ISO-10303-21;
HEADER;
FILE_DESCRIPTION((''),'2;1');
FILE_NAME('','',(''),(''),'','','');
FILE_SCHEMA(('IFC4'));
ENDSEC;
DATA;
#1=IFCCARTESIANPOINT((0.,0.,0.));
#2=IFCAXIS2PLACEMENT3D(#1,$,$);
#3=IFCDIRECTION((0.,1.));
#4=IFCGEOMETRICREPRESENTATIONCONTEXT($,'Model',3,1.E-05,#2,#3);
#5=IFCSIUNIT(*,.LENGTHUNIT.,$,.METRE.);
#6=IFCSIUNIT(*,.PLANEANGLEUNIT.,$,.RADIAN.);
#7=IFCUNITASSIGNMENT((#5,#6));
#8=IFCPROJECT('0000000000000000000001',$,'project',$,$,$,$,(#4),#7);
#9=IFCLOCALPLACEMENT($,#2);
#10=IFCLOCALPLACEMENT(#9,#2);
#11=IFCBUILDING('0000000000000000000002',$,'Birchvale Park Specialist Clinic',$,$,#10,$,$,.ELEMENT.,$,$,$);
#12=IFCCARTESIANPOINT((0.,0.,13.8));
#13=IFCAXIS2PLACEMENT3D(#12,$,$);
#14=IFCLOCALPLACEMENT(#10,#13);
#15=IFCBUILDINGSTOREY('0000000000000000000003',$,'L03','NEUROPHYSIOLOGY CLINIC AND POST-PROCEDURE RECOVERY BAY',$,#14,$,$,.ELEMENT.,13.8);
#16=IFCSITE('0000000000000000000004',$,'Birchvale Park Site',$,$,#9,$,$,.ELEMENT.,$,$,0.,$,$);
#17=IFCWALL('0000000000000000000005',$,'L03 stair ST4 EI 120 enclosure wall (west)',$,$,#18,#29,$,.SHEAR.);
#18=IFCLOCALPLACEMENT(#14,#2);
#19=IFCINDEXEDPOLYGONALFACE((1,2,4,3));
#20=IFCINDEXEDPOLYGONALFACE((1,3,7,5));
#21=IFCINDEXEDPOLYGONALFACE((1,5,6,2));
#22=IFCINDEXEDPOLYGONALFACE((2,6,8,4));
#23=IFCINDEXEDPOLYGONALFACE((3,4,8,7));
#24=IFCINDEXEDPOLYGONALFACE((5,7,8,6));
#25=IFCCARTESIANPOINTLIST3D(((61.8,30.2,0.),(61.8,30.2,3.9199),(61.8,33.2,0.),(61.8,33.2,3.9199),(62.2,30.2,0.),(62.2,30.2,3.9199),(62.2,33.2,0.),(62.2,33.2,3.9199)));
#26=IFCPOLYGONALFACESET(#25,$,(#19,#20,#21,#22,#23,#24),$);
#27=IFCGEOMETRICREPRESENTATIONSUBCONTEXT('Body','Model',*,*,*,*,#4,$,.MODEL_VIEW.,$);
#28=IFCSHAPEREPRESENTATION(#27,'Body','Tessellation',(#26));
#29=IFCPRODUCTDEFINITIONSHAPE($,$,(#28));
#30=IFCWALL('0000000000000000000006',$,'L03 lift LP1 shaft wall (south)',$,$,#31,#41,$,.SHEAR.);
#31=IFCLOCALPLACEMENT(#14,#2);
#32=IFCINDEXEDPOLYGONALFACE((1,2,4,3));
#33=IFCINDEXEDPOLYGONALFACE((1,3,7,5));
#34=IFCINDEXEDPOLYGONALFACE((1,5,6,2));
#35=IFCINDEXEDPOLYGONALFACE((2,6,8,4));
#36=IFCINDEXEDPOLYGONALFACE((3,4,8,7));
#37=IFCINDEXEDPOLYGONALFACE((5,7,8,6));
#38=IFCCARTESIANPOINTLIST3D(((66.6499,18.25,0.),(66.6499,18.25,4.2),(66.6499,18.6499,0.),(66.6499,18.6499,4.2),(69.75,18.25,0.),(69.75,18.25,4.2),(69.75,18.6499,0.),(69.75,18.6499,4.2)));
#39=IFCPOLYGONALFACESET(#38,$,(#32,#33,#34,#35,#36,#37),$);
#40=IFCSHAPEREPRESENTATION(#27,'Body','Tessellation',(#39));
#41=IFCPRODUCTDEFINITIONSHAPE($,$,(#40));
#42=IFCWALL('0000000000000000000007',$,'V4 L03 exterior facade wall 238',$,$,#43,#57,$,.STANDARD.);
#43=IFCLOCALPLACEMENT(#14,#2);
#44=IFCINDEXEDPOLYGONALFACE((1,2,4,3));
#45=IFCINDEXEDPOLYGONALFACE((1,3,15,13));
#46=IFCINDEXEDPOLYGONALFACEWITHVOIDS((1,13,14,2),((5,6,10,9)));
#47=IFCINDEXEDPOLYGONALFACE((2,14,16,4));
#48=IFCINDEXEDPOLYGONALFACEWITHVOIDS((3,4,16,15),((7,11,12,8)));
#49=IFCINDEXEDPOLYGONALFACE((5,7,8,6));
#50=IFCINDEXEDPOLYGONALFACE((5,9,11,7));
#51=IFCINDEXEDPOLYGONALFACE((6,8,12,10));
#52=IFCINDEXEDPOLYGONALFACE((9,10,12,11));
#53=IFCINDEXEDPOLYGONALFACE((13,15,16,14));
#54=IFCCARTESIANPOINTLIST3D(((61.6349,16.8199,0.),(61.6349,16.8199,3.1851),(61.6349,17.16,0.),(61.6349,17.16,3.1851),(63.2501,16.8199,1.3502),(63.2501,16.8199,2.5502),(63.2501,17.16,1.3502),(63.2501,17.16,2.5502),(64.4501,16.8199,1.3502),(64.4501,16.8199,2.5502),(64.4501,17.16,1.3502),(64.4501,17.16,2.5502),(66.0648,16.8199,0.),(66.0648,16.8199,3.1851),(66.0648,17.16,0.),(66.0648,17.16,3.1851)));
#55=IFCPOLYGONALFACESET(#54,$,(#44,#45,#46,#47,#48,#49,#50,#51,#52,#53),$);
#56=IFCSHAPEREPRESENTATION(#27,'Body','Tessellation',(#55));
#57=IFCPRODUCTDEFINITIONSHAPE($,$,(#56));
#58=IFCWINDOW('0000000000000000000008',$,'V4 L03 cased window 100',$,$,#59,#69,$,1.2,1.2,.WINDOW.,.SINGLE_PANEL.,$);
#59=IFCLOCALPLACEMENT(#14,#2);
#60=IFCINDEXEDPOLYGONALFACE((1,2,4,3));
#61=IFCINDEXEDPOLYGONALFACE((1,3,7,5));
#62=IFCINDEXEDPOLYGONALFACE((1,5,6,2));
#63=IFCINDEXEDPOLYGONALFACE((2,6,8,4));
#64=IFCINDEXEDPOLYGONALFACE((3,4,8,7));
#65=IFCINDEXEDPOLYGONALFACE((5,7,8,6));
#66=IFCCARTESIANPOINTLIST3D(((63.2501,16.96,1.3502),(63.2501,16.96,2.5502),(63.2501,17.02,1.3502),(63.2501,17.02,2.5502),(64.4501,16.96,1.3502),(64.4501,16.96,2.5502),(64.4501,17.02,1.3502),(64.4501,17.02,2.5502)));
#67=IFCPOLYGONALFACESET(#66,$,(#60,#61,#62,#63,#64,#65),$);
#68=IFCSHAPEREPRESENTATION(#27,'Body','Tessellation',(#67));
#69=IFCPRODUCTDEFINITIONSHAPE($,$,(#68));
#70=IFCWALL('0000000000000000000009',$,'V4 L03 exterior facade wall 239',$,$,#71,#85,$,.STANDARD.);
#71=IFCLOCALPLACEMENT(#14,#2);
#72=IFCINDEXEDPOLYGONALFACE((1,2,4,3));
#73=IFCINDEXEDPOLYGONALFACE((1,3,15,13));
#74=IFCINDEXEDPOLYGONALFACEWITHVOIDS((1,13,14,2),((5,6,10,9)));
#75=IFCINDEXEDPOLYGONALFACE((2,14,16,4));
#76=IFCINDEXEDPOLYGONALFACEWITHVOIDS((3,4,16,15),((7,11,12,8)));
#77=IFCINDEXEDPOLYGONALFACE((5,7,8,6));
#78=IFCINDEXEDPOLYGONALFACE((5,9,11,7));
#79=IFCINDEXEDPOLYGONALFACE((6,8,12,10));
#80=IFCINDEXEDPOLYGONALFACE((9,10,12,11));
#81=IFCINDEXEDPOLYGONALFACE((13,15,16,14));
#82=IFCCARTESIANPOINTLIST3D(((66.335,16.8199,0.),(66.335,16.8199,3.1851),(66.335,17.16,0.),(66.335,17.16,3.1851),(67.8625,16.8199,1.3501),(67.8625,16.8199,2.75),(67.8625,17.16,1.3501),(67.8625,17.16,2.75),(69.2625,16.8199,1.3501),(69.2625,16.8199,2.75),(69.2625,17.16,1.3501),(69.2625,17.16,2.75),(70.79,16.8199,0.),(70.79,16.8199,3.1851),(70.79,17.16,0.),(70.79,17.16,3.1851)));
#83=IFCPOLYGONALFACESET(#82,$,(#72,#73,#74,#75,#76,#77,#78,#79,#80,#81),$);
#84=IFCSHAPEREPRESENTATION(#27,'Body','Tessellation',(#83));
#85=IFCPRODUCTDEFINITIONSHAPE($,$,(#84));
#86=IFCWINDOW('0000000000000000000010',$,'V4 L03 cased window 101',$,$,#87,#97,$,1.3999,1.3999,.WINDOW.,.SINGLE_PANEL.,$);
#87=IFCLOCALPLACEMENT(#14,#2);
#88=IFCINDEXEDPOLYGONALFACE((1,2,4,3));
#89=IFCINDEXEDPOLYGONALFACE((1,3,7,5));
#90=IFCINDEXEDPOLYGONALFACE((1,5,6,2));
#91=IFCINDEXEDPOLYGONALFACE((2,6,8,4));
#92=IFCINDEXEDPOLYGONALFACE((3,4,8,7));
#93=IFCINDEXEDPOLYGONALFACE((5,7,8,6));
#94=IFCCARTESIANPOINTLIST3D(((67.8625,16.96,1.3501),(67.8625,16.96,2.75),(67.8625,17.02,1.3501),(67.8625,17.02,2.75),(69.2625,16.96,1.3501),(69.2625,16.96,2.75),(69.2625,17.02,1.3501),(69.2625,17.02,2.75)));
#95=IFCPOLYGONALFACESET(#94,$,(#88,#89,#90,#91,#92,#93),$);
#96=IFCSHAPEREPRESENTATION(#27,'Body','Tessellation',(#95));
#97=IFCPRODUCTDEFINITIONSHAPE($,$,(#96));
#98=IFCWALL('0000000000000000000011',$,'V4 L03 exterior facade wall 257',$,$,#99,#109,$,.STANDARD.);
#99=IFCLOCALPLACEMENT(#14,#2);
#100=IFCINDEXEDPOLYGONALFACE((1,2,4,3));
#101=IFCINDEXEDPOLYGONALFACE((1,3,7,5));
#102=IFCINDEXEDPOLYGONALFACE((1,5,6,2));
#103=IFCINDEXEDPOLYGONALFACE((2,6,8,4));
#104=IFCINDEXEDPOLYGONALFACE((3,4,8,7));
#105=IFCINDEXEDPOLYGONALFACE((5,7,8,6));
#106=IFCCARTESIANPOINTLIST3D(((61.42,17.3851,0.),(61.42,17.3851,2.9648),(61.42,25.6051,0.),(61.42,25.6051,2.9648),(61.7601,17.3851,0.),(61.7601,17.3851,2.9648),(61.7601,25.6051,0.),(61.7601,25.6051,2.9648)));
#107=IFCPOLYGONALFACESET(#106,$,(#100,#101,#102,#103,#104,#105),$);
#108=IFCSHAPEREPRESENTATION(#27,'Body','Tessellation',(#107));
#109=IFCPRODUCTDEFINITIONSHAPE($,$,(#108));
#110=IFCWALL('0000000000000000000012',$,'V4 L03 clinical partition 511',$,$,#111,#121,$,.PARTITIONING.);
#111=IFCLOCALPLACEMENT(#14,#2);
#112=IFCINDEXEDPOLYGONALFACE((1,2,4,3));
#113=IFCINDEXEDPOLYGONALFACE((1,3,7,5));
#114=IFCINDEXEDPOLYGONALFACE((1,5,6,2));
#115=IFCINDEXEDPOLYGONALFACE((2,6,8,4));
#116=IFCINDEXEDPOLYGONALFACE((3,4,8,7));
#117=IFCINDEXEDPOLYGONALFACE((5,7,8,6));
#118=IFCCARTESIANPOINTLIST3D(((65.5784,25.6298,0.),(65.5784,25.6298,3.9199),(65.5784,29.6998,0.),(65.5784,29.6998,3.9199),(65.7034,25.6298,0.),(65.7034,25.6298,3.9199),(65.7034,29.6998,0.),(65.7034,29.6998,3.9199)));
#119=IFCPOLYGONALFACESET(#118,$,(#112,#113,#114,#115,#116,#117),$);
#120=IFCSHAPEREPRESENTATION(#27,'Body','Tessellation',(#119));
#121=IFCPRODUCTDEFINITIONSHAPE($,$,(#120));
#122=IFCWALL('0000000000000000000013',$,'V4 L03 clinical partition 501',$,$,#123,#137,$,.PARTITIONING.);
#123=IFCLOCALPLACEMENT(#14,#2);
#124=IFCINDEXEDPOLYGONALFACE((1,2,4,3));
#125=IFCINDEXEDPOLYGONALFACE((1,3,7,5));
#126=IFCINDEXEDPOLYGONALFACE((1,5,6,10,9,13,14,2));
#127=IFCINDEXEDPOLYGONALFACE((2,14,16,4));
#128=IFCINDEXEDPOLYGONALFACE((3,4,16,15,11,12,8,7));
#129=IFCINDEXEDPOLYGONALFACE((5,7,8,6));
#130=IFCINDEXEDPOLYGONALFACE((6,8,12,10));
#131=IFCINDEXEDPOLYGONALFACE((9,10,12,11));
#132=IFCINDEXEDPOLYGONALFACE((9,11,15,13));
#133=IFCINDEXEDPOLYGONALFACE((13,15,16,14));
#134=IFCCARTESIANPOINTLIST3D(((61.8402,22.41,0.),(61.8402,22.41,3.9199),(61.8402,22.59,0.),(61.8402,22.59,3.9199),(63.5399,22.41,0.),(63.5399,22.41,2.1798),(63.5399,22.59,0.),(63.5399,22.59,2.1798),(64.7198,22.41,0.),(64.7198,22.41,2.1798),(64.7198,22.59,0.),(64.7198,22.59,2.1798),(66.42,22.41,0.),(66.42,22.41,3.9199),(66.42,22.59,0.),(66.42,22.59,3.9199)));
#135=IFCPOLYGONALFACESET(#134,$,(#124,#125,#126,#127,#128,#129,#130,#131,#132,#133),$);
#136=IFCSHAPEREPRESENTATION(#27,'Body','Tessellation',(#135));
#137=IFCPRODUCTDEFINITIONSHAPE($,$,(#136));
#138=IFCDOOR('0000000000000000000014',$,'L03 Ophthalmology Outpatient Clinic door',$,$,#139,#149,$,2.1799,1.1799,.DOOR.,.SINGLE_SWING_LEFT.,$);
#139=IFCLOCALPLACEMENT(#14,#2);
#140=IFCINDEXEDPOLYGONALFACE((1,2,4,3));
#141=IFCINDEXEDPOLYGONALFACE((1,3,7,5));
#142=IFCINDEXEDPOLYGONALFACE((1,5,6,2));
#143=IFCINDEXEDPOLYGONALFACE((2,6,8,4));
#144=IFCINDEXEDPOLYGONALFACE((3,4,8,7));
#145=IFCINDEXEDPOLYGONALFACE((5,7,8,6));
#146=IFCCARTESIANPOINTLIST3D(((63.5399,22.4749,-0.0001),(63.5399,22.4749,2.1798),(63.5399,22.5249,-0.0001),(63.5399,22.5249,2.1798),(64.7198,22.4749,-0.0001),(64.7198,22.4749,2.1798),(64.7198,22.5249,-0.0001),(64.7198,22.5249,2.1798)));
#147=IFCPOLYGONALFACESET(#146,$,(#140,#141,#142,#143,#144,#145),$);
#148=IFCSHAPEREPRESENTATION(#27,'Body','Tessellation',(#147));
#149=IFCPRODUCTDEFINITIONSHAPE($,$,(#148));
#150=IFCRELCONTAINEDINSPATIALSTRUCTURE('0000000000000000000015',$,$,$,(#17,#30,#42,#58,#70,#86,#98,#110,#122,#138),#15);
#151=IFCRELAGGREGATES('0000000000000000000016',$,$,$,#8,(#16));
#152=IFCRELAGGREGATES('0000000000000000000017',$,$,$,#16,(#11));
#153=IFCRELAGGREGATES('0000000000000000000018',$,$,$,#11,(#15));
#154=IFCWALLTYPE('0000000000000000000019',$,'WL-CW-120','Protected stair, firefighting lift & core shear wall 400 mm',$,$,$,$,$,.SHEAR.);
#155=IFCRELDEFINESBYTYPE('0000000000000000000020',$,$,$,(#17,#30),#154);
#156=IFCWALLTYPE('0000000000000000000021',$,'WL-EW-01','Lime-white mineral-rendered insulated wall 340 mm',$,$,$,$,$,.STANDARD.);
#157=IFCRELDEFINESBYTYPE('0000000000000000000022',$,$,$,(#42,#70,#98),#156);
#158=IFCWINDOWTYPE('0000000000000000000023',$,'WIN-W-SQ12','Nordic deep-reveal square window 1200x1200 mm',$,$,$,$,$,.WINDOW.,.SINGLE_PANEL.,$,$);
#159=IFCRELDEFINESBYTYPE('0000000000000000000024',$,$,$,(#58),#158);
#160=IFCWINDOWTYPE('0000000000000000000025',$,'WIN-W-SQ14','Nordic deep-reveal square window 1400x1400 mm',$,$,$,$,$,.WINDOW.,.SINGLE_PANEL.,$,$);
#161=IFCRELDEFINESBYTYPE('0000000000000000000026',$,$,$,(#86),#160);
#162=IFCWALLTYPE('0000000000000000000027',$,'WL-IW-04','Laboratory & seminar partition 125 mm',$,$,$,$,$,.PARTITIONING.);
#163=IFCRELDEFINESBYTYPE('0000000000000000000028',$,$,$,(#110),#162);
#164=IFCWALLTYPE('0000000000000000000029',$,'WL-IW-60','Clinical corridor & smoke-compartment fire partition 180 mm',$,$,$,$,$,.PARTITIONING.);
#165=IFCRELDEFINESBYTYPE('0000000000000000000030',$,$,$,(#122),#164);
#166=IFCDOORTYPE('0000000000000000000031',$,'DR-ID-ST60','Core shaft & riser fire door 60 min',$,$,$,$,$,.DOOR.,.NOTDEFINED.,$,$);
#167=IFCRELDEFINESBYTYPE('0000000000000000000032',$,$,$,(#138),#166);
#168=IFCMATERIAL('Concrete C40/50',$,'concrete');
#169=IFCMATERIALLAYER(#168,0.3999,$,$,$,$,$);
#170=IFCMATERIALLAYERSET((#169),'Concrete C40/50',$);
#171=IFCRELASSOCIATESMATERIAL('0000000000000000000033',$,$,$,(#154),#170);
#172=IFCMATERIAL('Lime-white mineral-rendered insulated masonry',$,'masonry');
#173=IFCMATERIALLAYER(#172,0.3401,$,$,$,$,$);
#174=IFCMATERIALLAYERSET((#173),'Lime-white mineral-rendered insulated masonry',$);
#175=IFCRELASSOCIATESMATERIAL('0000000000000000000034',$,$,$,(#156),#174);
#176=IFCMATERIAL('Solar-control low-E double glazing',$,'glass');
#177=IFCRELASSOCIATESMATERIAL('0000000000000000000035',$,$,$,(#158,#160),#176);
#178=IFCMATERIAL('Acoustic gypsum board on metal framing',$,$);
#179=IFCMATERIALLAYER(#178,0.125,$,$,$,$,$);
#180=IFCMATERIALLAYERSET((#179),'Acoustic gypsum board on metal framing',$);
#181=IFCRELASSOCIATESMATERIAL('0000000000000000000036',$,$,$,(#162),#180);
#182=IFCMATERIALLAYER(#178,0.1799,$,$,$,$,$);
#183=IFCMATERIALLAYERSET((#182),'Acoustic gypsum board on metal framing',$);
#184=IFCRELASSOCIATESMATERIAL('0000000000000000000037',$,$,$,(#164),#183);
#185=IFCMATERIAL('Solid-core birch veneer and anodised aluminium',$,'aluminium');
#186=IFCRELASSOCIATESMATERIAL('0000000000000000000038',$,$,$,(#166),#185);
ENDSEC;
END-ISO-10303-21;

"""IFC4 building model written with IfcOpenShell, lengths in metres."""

from ifc_helpers import new_model, si_unit, direction, frame, frame_2d, origin, place, context, subcontext, project, spatial, rectangle, extrude, material, layer, layer_set, type_object, element, fill, save


model = new_model("IFC4")

# Units and contexts
model_context = context("Model", 3, precision=1e-05, world=origin(), true_north=direction((0.0, 1.0)))
body_context = subcontext(model_context, "Body", "Model", "MODEL_VIEW")
ifc_project = project(units=[si_unit("LENGTHUNIT", "METRE"), si_unit("PLANEANGLEUNIT", "RADIAN")], contexts=[model_context])

# Site, building, storey
site_placement = place(None, origin())
site = spatial("IfcSite", under=ifc_project, at=site_placement, Name="Birchvale Park Site", CompositionType="ELEMENT", RefElevation=0.0)
building_placement = place(site_placement, origin())
building = spatial("IfcBuilding", under=site, at=building_placement, Name="Birchvale Park Specialist Clinic", CompositionType="ELEMENT")
storey_placement = place(building_placement, frame((0.0, 0.0, 13.8)))
storey = spatial("IfcBuildingStorey", under=building, at=storey_placement, Name="L03", Description="NEUROPHYSIOLOGY CLINIC AND POST-PROCEDURE RECOVERY BAY", CompositionType="ELEMENT", Elevation=13.8)

# Shared definitions
ifc_material_1 = material(Name="Concrete C40/50", Category="concrete")

# Shared definitions
ifc_layer_1 = layer(ifc_material_1, 0.3999)
ifc_layer_set_1 = layer_set([ifc_layer_1], Name="Concrete C40/50")
wall_type_1 = type_object("IfcWallType", Name="WL-CW-120", Description="Protected stair, firefighting lift & core shear wall 400 mm", PredefinedType="SHEAR", material=ifc_layer_set_1)
ifc_material_2 = material(Name="Solid-core birch veneer and anodised aluminium", Category="aluminium")

# Walls
wall_1_placement = place(storey_placement, frame((62.0, 30.2, 0.0), z_axis=(0.0, 0.0, 1.0), x_axis=(0.0, 1.0, 0.0)))
element("IfcWall", 1, at=wall_1_placement, inside=storey, type_object=wall_type_1, Name="L03 stair ST4 EI 120 enclosure wall (west)", PredefinedType="SHEAR", context=body_context, shape_type="SweptSolid", body=[
    extrude(rectangle(XDim=3.0, YDim=0.3999, at=frame_2d((1.5, 0.0))), origin(), (0.0, 0.0, 1.0), 3.9199),
])
wall_2_placement = place(storey_placement, frame((66.6499, 18.45, 0.0), z_axis=(0.0, 0.0, 1.0), x_axis=(1.0, 0.0, 0.0)))
element("IfcWall", 2, at=wall_2_placement, inside=storey, type_object=wall_type_1, Name="L03 lift LP1 shaft wall (south)", PredefinedType="SHEAR", context=body_context, shape_type="SweptSolid", body=[
    extrude(rectangle(XDim=3.1001, YDim=0.3999, at=frame_2d((1.55, 0.0))), origin(), (0.0, 0.0, 1.0), 4.2),
])

# Walls, openings, windows
ifc_material_3 = material(Name="Lime-white mineral-rendered insulated masonry", Category="masonry")
ifc_layer_2 = layer(ifc_material_3, 0.3401)
ifc_layer_set_2 = layer_set([ifc_layer_2], Name="Lime-white mineral-rendered insulated masonry")
wall_type_2 = type_object("IfcWallType", Name="WL-EW-01", Description="Lime-white mineral-rendered insulated wall 340 mm", PredefinedType="STANDARD", material=ifc_layer_set_2)
wall_3_placement = place(storey_placement, frame((61.635, 16.99, 0.0), z_axis=(0.0, 0.0, 1.0), x_axis=(1.0, 0.0, 0.0)))
wall_3 = element("IfcWall", 3, at=wall_3_placement, inside=storey, type_object=wall_type_2, Name="V4 L03 exterior facade wall 238", PredefinedType="STANDARD", context=body_context, shape_type="SweptSolid", body=[
    extrude(rectangle(XDim=4.4299, YDim=0.3401, at=frame_2d((2.2148, 0.0))), origin(), (0.0, 0.0, 1.0), 3.1851),
])
opening_1_placement = place(wall_3_placement, frame((1.615, 0.0, 1.3501)))
opening_1 = element("IfcOpeningElement", 4, at=opening_1_placement, cuts=wall_3, PredefinedType="OPENING", context=body_context, shape_type="SweptSolid", body=[
    extrude(rectangle(XDim=1.2, YDim=1.2, at=frame_2d((0.6001, 0.6001))), frame((0.0, 0.1802, 0.0), z_axis=(0.0, -1.0, 0.0), x_axis=(1.0, 0.0, 0.0)), (0.0, 0.0, 1.0), 0.3601),
])
ifc_material_4 = material(Name="Solar-control low-E double glazing", Category="glass")
window_type_1 = type_object("IfcWindowType", Name="WIN-W-SQ12", Description="Nordic deep-reveal square window 1200x1200 mm", PartitioningType="SINGLE_PANEL", PredefinedType="WINDOW", material=ifc_material_4)
window_1_placement = place(opening_1_placement, origin())
window_1 = element("IfcWindow", 5, at=window_1_placement, inside=storey, type_object=window_type_1, Name="V4 L03 cased window 100", OverallHeight=1.2, OverallWidth=1.2, PartitioningType="SINGLE_PANEL", PredefinedType="WINDOW", context=body_context, shape_type="SweptSolid", body=[
    extrude(rectangle(XDim=1.2, YDim=1.2, at=frame_2d((0.6001, 0.6001))), frame((0.0, 0.03, 0.0), z_axis=(0.0, -1.0, 0.0), x_axis=(1.0, 0.0, 0.0)), (0.0, 0.0, 1.0), 0.0601),
])
fill(opening_1, window_1)
wall_4_placement = place(storey_placement, frame((66.335, 16.99, 0.0), z_axis=(0.0, 0.0, 1.0), x_axis=(1.0, 0.0, 0.0)))
wall_4 = element("IfcWall", 6, at=wall_4_placement, inside=storey, type_object=wall_type_2, Name="V4 L03 exterior facade wall 239", PredefinedType="STANDARD", context=body_context, shape_type="SweptSolid", body=[
    extrude(rectangle(XDim=4.4551, YDim=0.3401, at=frame_2d((2.2275, 0.0))), origin(), (0.0, 0.0, 1.0), 3.1851),
])
opening_2_placement = place(wall_4_placement, frame((1.5276, 0.0, 1.3501)))
opening_2 = element("IfcOpeningElement", 7, at=opening_2_placement, cuts=wall_4, PredefinedType="OPENING", context=body_context, shape_type="SweptSolid", body=[
    extrude(rectangle(XDim=1.3999, YDim=1.3999, at=frame_2d((0.7, 0.7))), frame((0.0, 0.1802, 0.0), z_axis=(0.0, -1.0, 0.0), x_axis=(1.0, 0.0, 0.0)), (0.0, 0.0, 1.0), 0.3601),
])
window_type_2 = type_object("IfcWindowType", Name="WIN-W-SQ14", Description="Nordic deep-reveal square window 1400x1400 mm", PartitioningType="SINGLE_PANEL", PredefinedType="WINDOW", material=ifc_material_4)
window_2_placement = place(opening_2_placement, origin())
window_2 = element("IfcWindow", 8, at=window_2_placement, inside=storey, type_object=window_type_2, Name="V4 L03 cased window 101", OverallHeight=1.3999, OverallWidth=1.3999, PartitioningType="SINGLE_PANEL", PredefinedType="WINDOW", context=body_context, shape_type="SweptSolid", body=[
    extrude(rectangle(XDim=1.3999, YDim=1.3999, at=frame_2d((0.7, 0.7))), frame((0.0, 0.03, 0.0), z_axis=(0.0, -1.0, 0.0), x_axis=(1.0, 0.0, 0.0)), (0.0, 0.0, 1.0), 0.0601),
])
fill(opening_2, window_2)

# Walls
wall_5_placement = place(storey_placement, frame((61.5901, 25.605, 0.0), z_axis=(0.0, 0.0, 1.0), x_axis=(0.0, -1.0, 0.0)))
element("IfcWall", 9, at=wall_5_placement, inside=storey, type_object=wall_type_2, Name="V4 L03 exterior facade wall 257", PredefinedType="STANDARD", context=body_context, shape_type="SweptSolid", body=[
    extrude(rectangle(XDim=8.22, YDim=0.3401, at=frame_2d((4.1099, 0.0))), origin(), (0.0, 0.0, 1.0), 2.9648),
])
ifc_material_5 = material(Name="Acoustic gypsum board on metal framing")
ifc_layer_3 = layer(ifc_material_5, 0.125)
ifc_layer_set_3 = layer_set([ifc_layer_3], Name="Acoustic gypsum board on metal framing")
wall_type_3 = type_object("IfcWallType", Name="WL-IW-04", Description="Laboratory & seminar partition 125 mm", PredefinedType="PARTITIONING", material=ifc_layer_set_3)
wall_6_placement = place(storey_placement, frame((65.6409, 29.7, 0.0), z_axis=(0.0, 0.0, 1.0), x_axis=(0.0, -1.0, 0.0)))
element("IfcWall", 10, at=wall_6_placement, inside=storey, type_object=wall_type_3, Name="V4 L03 clinical partition 511", PredefinedType="PARTITIONING", context=body_context, shape_type="SweptSolid", body=[
    extrude(rectangle(XDim=4.0701, YDim=0.125, at=frame_2d((2.0352, 0.0))), origin(), (0.0, 0.0, 1.0), 3.9199),
])

# Wall, opening, door
ifc_layer_4 = layer(ifc_material_5, 0.1799)
ifc_layer_set_4 = layer_set([ifc_layer_4], Name="Acoustic gypsum board on metal framing")
wall_type_4 = type_object("IfcWallType", Name="WL-IW-60", Description="Clinical corridor & smoke-compartment fire partition 180 mm", PredefinedType="PARTITIONING", material=ifc_layer_set_4)
wall_7_placement = place(storey_placement, frame((61.8401, 22.5, 0.0), z_axis=(0.0, 0.0, 1.0), x_axis=(1.0, 0.0, 0.0)))
wall_7 = element("IfcWall", 11, at=wall_7_placement, inside=storey, type_object=wall_type_4, Name="V4 L03 clinical partition 501", PredefinedType="PARTITIONING", context=body_context, shape_type="SweptSolid", body=[
    extrude(rectangle(XDim=4.5798, YDim=0.1799, at=frame_2d((2.29, 0.0))), origin(), (0.0, 0.0, 1.0), 3.9199),
])
opening_3_placement = place(wall_7_placement, frame((1.7, 0.0, 0.0)))
opening_3 = element("IfcOpeningElement", 12, at=opening_3_placement, cuts=wall_7, PredefinedType="OPENING", context=body_context, shape_type="SweptSolid", body=[
    extrude(rectangle(XDim=1.1799, YDim=2.1799, at=frame_2d((0.5898, 1.0898))), frame((0.0, 0.1001, 0.0), z_axis=(0.0, -1.0, 0.0), x_axis=(1.0, 0.0, 0.0)), (0.0, 0.0, 1.0), 0.2),
])
door_type_1 = type_object("IfcDoorType", Name="DR-ID-ST60", Description="Core shaft & riser fire door 60 min", OperationType="NOTDEFINED", PredefinedType="DOOR", material=ifc_material_2)
door_1_placement = place(opening_3_placement, origin())
door_1 = element("IfcDoor", 13, at=door_1_placement, inside=storey, type_object=door_type_1, Name="L03 Ophthalmology Outpatient Clinic door", OperationType="SINGLE_SWING_LEFT", OverallHeight=2.1799, OverallWidth=1.1799, PredefinedType="DOOR", context=body_context, shape_type="SweptSolid", body=[
    extrude(rectangle(XDim=1.1799, YDim=2.1799, at=frame_2d((0.5898, 1.0898))), frame((0.0, 0.0249, 0.0), z_axis=(0.0, -1.0, 0.0), x_axis=(1.0, 0.0, 0.0)), (0.0, 0.0, 1.0), 0.05),
])
fill(opening_3, door_1)

save(model, "model.ifc")
